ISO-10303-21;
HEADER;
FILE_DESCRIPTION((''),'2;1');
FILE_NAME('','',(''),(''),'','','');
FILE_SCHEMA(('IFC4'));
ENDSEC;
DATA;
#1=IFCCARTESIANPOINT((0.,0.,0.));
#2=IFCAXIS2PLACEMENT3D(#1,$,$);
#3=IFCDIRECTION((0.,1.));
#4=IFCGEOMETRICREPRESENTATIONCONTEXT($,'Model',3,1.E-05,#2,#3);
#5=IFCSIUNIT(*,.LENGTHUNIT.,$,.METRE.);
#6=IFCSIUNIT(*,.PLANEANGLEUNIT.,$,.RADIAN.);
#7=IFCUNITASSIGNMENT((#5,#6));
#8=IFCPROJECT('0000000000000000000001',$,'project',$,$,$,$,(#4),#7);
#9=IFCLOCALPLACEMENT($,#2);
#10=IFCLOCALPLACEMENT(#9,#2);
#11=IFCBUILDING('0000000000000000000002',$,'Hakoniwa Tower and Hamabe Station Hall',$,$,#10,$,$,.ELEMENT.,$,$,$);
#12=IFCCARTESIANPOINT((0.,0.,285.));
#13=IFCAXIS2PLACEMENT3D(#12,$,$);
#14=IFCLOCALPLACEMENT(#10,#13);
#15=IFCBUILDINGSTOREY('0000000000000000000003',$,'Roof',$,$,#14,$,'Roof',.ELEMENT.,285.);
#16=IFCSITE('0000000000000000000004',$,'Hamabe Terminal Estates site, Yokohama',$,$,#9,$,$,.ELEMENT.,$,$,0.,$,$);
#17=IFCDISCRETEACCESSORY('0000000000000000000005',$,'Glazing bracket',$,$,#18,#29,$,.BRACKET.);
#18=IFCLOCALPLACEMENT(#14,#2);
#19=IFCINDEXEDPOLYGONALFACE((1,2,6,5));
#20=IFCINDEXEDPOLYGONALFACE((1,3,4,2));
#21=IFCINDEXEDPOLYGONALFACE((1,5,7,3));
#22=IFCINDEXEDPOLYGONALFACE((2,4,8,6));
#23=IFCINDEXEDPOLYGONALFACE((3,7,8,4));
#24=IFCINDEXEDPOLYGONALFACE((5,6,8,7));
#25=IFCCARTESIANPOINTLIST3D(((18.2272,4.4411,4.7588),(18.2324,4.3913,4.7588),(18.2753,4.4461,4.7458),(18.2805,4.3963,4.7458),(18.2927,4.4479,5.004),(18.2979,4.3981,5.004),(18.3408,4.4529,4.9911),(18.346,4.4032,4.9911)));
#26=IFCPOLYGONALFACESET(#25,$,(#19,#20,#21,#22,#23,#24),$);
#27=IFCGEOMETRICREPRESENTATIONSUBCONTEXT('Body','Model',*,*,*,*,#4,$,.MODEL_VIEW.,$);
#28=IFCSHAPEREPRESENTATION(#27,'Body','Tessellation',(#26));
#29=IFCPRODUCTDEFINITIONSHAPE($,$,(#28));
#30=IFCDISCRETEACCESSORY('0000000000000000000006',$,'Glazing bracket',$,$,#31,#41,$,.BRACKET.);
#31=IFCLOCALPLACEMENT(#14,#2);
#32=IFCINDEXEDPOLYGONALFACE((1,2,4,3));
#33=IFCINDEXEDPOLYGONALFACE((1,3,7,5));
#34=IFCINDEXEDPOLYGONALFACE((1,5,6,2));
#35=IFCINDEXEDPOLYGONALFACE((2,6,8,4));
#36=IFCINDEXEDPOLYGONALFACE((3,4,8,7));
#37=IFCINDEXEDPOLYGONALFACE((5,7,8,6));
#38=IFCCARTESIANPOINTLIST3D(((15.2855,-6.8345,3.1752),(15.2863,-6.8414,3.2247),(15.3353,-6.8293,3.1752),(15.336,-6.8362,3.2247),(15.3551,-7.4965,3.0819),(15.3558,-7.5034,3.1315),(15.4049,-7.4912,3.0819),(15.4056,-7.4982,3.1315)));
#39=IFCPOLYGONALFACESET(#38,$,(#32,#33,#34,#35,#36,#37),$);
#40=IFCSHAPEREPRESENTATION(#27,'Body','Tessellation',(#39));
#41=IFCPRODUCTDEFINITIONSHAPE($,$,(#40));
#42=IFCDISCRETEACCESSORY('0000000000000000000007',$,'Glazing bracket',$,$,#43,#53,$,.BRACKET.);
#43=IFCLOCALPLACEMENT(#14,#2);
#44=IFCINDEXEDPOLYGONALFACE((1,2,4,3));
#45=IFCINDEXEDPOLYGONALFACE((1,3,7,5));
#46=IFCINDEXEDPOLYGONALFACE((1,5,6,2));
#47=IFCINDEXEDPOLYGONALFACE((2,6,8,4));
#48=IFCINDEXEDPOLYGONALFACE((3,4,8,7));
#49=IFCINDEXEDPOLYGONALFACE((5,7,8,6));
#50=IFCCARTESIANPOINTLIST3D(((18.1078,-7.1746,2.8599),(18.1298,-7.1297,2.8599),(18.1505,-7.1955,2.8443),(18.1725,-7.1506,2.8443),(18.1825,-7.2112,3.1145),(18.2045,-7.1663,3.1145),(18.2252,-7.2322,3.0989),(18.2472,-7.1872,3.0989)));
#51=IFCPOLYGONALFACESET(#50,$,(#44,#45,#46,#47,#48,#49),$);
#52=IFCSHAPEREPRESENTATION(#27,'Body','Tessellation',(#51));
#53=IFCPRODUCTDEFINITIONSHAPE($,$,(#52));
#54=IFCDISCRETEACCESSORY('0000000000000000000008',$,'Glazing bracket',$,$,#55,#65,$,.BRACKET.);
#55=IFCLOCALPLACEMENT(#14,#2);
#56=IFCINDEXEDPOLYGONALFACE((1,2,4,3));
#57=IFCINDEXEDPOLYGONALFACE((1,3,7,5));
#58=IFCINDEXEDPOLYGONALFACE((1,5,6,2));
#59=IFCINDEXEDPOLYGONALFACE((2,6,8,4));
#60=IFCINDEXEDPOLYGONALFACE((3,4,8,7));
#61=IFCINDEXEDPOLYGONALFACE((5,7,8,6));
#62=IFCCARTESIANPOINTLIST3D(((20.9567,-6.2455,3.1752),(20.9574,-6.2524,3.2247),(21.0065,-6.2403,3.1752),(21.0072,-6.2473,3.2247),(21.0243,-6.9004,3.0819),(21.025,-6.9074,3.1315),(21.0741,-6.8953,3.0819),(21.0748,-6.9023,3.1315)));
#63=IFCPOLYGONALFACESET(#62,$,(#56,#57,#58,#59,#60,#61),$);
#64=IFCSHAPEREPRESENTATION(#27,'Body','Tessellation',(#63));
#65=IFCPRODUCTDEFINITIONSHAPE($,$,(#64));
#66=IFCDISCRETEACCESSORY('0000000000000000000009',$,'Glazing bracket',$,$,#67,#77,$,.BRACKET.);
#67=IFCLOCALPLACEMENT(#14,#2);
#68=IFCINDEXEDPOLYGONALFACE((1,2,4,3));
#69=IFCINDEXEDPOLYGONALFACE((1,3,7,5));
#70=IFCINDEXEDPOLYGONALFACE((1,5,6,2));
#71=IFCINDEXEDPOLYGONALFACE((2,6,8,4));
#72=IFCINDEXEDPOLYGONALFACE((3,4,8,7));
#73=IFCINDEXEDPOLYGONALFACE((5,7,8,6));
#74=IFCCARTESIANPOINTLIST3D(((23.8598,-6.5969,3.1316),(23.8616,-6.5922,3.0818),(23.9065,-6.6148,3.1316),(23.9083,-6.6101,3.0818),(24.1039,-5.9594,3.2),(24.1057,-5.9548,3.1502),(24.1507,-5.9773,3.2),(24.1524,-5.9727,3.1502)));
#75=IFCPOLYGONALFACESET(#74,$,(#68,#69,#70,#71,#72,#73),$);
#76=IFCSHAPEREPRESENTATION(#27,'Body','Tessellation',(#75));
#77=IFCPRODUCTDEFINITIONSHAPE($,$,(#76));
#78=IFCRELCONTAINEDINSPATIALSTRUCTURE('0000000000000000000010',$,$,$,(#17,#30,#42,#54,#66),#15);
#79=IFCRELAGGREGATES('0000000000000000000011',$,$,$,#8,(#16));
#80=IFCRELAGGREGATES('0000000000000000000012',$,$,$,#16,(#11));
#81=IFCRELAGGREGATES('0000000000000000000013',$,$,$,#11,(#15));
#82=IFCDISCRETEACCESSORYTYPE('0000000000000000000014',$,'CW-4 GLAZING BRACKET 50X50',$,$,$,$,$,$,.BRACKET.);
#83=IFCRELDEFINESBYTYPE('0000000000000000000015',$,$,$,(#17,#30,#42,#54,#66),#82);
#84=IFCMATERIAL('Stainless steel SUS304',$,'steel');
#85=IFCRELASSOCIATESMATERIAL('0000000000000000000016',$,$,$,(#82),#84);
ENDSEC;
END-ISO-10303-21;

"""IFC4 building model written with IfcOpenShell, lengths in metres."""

from ifc_helpers import new_model, si_unit, direction, frame, origin, origin_2d, place, context, subcontext, project, spatial, rectangle, extrude, material, material_profile, profile_set, type_object, element, save


model = new_model("IFC4")

# Units and contexts
model_context = context("Model", 3, precision=1e-05, world=origin(), true_north=direction((0.0, 1.0)))
body_context = subcontext(model_context, "Body", "Model", "MODEL_VIEW")
ifc_project = project(units=[si_unit("LENGTHUNIT", "METRE"), si_unit("PLANEANGLEUNIT", "RADIAN")], contexts=[model_context])

# Site, building, storey
site_placement = place(None, origin())
site = spatial("IfcSite", under=ifc_project, at=site_placement, Name="Hamabe Terminal Estates site, Yokohama", CompositionType="ELEMENT", RefElevation=0.0)
building_placement = place(site_placement, origin())
building = spatial("IfcBuilding", under=site, at=building_placement, Name="Hakoniwa Tower and Hamabe Station Hall", CompositionType="ELEMENT")
storey_placement = place(building_placement, frame((0.0, 0.0, 285.0)))
storey = spatial("IfcBuildingStorey", under=building, at=storey_placement, Name="Roof", LongName="Roof", CompositionType="ELEMENT", Elevation=285.0)

# Discrete accessories
ifc_material_1 = material(Name="Stainless steel SUS304", Category="steel")
ifc_material_profile_1 = material_profile(ifc_material_1, rectangle(XDim=0.05, YDim=0.05, at=origin_2d()), Name="CW-4 GLAZING BRACKET 50X50")
ifc_profile_set_1 = profile_set([ifc_material_profile_1], Name="Stainless steel SUS304")
discrete_accessory_type = type_object("IfcDiscreteAccessoryType", Name="CW-4 GLAZING BRACKET 50X50", PredefinedType="BRACKET", material=ifc_profile_set_1)
discrete_accessory_1_placement = place(storey_placement, frame((18.3193, 4.4255, 4.9976), z_axis=(-0.257809, -0.026935, -0.96582), x_axis=(0.103912, -0.994586, 0.0)))
element("IfcDiscreteAccessory", 1, at=discrete_accessory_1_placement, inside=storey, type_object=discrete_accessory_type, Name="Glazing bracket", PredefinedType="BRACKET", context=body_context, shape_type="SweptSolid", body=[
    extrude(rectangle(XDim=0.05, YDim=0.05, at=origin_2d()), origin(), (0.0, 0.0, 1.0), 0.2539),
])
discrete_accessory_2_placement = place(storey_placement, frame((15.3804, -7.4973, 3.1067), z_axis=(-0.103539, 0.984896, 0.138779), x_axis=(-0.99452, -0.104551, 0.0)))
element("IfcDiscreteAccessory", 2, at=discrete_accessory_2_placement, inside=storey, type_object=discrete_accessory_type, Name="Glazing bracket", PredefinedType="BRACKET", context=body_context, shape_type="SweptSolid", body=[
    extrude(rectangle(XDim=0.05, YDim=0.05, at=origin_2d()), origin(), (0.0, 0.0, 1.0), 0.6721),
])
discrete_accessory_3_placement = place(storey_placement, frame((18.2148, -7.1992, 3.1067), z_axis=(-0.278876, 0.136704, -0.950547), x_axis=(-0.440157, -0.897921, 0.0)))
element("IfcDiscreteAccessory", 3, at=discrete_accessory_3_placement, inside=storey, type_object=discrete_accessory_type, Name="Glazing bracket", PredefinedType="BRACKET", context=body_context, shape_type="SweptSolid", body=[
    extrude(rectangle(XDim=0.05, YDim=0.05, at=origin_2d()), origin(), (0.0, 0.0, 1.0), 0.2678),
])
discrete_accessory_4_placement = place(storey_placement, frame((21.0496, -6.9014, 3.1067), z_axis=(-0.101682, 0.984884, 0.140226), x_axis=(-0.994713, -0.102697, 0.0)))
element("IfcDiscreteAccessory", 4, at=discrete_accessory_4_placement, inside=storey, type_object=discrete_accessory_type, Name="Glazing bracket", PredefinedType="BRACKET", context=body_context, shape_type="SweptSolid", body=[
    extrude(rectangle(XDim=0.05, YDim=0.05, at=origin_2d()), origin(), (0.0, 0.0, 1.0), 0.665),
])
discrete_accessory_5_placement = place(storey_placement, frame((23.884, -6.6035, 3.1067), z_axis=(0.35588, 0.929204, 0.099647), x_axis=(-0.933852, 0.357661, 0.0)))
element("IfcDiscreteAccessory", 5, at=discrete_accessory_5_placement, inside=storey, type_object=discrete_accessory_type, Name="Glazing bracket", PredefinedType="BRACKET", context=body_context, shape_type="SweptSolid", body=[
    extrude(rectangle(XDim=0.05, YDim=0.05, at=origin_2d()), origin(), (0.0, 0.0, 1.0), 0.686),
])

save(model, "model.ifc")
